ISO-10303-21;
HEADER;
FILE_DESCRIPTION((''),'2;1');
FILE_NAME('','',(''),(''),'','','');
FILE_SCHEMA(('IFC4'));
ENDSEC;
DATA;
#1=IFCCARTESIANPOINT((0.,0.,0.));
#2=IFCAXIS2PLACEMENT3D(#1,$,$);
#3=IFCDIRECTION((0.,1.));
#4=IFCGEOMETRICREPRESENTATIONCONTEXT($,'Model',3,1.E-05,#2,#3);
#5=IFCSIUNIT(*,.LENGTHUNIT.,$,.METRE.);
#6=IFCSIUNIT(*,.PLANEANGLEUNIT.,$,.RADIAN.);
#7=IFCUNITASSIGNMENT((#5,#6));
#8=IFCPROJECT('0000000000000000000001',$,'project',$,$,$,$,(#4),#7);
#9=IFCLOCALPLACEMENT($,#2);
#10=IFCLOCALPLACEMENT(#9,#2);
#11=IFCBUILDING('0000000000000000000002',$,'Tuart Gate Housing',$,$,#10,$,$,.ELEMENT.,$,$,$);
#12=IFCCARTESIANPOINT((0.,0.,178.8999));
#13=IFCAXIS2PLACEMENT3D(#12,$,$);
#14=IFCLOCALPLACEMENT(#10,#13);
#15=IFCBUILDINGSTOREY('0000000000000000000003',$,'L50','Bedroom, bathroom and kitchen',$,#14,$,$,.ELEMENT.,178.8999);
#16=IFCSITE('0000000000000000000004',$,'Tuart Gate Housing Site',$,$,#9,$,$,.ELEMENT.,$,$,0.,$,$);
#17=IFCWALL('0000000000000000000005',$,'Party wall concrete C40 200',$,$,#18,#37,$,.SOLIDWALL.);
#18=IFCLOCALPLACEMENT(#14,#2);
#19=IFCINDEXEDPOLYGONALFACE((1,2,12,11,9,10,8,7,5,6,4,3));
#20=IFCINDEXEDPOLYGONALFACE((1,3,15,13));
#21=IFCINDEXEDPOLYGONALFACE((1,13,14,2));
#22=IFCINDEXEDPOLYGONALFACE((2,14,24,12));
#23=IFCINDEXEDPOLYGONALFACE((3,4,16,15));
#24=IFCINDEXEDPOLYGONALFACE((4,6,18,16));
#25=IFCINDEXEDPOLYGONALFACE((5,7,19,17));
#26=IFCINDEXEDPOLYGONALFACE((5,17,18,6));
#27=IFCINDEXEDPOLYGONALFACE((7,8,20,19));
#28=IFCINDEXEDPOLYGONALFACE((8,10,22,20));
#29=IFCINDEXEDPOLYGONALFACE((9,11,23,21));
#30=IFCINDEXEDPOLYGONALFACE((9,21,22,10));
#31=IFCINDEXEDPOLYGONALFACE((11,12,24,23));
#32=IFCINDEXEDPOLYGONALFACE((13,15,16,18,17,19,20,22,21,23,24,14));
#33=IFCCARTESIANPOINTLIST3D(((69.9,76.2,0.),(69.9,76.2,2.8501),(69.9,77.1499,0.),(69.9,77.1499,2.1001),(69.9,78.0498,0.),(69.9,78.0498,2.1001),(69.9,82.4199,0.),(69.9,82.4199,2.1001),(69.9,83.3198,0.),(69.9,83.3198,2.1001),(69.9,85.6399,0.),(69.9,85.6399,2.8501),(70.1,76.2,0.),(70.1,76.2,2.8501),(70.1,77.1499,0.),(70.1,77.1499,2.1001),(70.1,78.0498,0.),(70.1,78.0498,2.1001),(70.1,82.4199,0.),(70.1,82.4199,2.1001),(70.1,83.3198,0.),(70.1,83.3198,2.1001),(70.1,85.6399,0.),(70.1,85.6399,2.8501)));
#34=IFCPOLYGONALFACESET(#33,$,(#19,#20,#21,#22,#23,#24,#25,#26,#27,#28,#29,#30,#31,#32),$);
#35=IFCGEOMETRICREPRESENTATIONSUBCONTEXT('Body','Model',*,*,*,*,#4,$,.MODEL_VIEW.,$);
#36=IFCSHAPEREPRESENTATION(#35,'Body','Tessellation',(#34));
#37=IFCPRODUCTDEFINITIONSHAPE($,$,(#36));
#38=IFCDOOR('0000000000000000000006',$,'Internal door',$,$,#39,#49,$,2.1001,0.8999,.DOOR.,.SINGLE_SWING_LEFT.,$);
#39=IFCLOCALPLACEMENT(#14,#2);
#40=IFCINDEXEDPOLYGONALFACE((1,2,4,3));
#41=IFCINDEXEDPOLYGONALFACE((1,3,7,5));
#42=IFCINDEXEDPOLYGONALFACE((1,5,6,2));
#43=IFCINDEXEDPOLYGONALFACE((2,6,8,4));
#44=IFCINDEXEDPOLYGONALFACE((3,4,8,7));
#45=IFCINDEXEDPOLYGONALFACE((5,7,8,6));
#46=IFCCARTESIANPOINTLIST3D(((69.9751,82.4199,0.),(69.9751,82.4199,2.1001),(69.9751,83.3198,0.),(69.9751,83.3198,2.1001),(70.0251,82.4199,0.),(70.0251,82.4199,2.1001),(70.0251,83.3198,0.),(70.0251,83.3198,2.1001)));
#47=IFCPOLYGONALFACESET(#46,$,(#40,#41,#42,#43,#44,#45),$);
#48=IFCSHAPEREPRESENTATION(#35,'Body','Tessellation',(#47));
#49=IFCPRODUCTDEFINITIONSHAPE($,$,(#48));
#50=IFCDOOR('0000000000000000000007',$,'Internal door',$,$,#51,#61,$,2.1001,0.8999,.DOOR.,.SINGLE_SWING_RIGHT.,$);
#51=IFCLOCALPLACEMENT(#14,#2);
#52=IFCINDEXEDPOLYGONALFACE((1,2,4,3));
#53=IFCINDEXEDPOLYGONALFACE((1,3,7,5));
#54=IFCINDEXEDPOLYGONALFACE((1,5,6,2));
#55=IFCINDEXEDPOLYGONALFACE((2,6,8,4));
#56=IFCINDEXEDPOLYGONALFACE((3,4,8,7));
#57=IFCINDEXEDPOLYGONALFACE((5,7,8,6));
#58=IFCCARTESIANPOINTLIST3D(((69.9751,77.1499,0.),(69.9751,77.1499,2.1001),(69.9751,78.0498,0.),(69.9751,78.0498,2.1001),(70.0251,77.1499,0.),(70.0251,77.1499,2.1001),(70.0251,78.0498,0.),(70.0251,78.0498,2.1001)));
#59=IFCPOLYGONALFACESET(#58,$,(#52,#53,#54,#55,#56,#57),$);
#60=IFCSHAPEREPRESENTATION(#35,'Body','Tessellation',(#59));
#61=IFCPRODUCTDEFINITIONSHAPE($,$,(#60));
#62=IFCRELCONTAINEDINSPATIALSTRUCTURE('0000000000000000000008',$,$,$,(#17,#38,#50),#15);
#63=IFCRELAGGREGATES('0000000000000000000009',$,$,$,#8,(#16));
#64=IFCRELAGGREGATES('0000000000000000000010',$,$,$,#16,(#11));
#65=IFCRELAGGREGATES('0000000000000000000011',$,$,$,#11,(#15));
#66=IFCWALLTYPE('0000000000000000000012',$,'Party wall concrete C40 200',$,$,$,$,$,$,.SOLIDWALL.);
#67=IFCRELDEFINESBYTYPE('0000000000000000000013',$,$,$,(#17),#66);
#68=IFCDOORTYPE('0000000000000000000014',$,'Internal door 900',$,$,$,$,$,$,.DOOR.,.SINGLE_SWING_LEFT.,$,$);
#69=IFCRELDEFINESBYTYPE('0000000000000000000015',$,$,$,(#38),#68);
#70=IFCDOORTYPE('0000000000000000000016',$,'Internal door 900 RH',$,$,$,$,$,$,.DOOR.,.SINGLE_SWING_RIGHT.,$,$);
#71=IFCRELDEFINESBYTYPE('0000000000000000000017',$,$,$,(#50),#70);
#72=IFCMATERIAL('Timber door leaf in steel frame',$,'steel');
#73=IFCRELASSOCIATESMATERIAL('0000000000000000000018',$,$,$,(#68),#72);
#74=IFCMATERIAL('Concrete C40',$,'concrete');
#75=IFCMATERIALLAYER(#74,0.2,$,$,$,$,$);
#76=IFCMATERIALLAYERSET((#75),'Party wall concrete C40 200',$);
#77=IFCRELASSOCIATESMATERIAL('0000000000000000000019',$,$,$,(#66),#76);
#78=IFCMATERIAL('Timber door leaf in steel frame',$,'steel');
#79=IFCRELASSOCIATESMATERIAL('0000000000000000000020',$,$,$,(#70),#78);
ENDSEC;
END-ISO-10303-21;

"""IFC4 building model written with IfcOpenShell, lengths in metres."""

from ifc_helpers import new_model, si_unit, direction, frame, frame_2d, origin, place, context, subcontext, project, spatial, rectangle, extrude, material, layer, layer_set, type_object, element, fill, save


model = new_model("IFC4")

# Units and contexts
model_context = context("Model", 3, precision=1e-05, world=origin(), true_north=direction((0.0, 1.0)))
body_context = subcontext(model_context, "Body", "Model", "MODEL_VIEW")
ifc_project = project(units=[si_unit("LENGTHUNIT", "METRE"), si_unit("PLANEANGLEUNIT", "RADIAN")], contexts=[model_context])

# Site, building, storey
site_placement = place(None, origin())
site = spatial("IfcSite", under=ifc_project, at=site_placement, Name="Tuart Gate Housing Site", CompositionType="ELEMENT", RefElevation=0.0)
building_placement = place(site_placement, origin())
building = spatial("IfcBuilding", under=site, at=building_placement, Name="Tuart Gate Housing", CompositionType="ELEMENT")
storey_placement = place(building_placement, frame((0.0, 0.0, 178.8999)))
storey = spatial("IfcBuildingStorey", under=building, at=storey_placement, Name="L50", Description="Bedroom, bathroom and kitchen", CompositionType="ELEMENT", Elevation=178.8999)

# Shared definitions
ifc_material_1 = material(Name="Timber door leaf in steel frame", Category="steel")
door_type_1 = type_object("IfcDoorType", Name="Internal door 900", OperationType="SINGLE_SWING_LEFT", PredefinedType="DOOR", material=ifc_material_1)

# Shared definitions
ifc_material_2 = material(Name="Concrete C40", Category="concrete")
ifc_layer_1 = layer(ifc_material_2, 0.2)
ifc_layer_set_1 = layer_set([ifc_layer_1], Name="Party wall concrete C40 200")
wall_type_1 = type_object("IfcWallType", Name="Party wall concrete C40 200", PredefinedType="SOLIDWALL", material=ifc_layer_set_1)

# Wall, openings, doors
wall_1_placement = place(storey_placement, frame((70.0, 76.2, 0.0), z_axis=(0.0, 0.0, 1.0), x_axis=(0.0, 1.0, 0.0)))
wall_1 = element("IfcWall", 1, at=wall_1_placement, inside=storey, type_object=wall_type_1, Name="Party wall concrete C40 200", PredefinedType="SOLIDWALL", context=body_context, shape_type="SweptSolid", body=[
    extrude(rectangle(XDim=9.4399, YDim=0.2, at=frame_2d((4.72, 0.0))), origin(), (0.0, 0.0, 1.0), 2.8501),
])
opening_1_placement = place(wall_1_placement, frame((6.22, 0.0, 0.0)))
opening_1 = element("IfcOpeningElement", 2, at=opening_1_placement, cuts=wall_1, PredefinedType="OPENING", context=body_context, shape_type="SweptSolid", body=[
    extrude(rectangle(XDim=0.8999, YDim=2.1001, at=frame_2d((0.45, 1.05))), frame((0.0, 0.1099, 0.0), z_axis=(0.0, -1.0, 0.0), x_axis=(1.0, 0.0, 0.0)), (0.0, 0.0, 1.0), 0.22),
])
opening_2_placement = place(wall_1_placement, frame((0.95, 0.0, 0.0)))
opening_2 = element("IfcOpeningElement", 3, at=opening_2_placement, cuts=wall_1, PredefinedType="OPENING", context=body_context, shape_type="SweptSolid", body=[
    extrude(rectangle(XDim=0.8999, YDim=2.1001, at=frame_2d((0.45, 1.05))), frame((0.0, 0.1099, 0.0), z_axis=(0.0, -1.0, 0.0), x_axis=(1.0, 0.0, 0.0)), (0.0, 0.0, 1.0), 0.22),
])
door_1_placement = place(opening_1_placement, frame((0.8999, 0.0, 0.0), z_axis=(0.0, 0.0, 1.0), x_axis=(-1.0, 0.0, 0.0)))
door_1 = element("IfcDoor", 4, at=door_1_placement, inside=storey, type_object=door_type_1, Name="Internal door", OperationType="SINGLE_SWING_LEFT", OverallHeight=2.1001, OverallWidth=0.8999, PredefinedType="DOOR", context=body_context, shape_type="SweptSolid", body=[
    extrude(rectangle(XDim=0.8999, YDim=2.1001, at=frame_2d((0.45, 1.05))), frame((0.0, 0.0251, 0.0), z_axis=(0.0, -1.0, 0.0), x_axis=(1.0, 0.0, 0.0)), (0.0, 0.0, 1.0), 0.05),
])
fill(opening_1, door_1)
ifc_material_3 = material(Name="Timber door leaf in steel frame", Category="steel")
door_type_2 = type_object("IfcDoorType", Name="Internal door 900 RH", OperationType="SINGLE_SWING_RIGHT", PredefinedType="DOOR", material=ifc_material_3)
door_2_placement = place(opening_2_placement, frame((0.8999, 0.0, 0.0), z_axis=(0.0, 0.0, 1.0), x_axis=(-1.0, 0.0, 0.0)))
door_2 = element("IfcDoor", 5, at=door_2_placement, inside=storey, type_object=door_type_2, Name="Internal door", OperationType="SINGLE_SWING_RIGHT", OverallHeight=2.1001, OverallWidth=0.8999, PredefinedType="DOOR", context=body_context, shape_type="SweptSolid", body=[
    extrude(rectangle(XDim=0.8999, YDim=2.1001, at=frame_2d((0.45, 1.05))), frame((0.0, 0.0251, 0.0), z_axis=(0.0, -1.0, 0.0), x_axis=(1.0, 0.0, 0.0)), (0.0, 0.0, 1.0), 0.05),
])
fill(opening_2, door_2)

save(model, "model.ifc")
